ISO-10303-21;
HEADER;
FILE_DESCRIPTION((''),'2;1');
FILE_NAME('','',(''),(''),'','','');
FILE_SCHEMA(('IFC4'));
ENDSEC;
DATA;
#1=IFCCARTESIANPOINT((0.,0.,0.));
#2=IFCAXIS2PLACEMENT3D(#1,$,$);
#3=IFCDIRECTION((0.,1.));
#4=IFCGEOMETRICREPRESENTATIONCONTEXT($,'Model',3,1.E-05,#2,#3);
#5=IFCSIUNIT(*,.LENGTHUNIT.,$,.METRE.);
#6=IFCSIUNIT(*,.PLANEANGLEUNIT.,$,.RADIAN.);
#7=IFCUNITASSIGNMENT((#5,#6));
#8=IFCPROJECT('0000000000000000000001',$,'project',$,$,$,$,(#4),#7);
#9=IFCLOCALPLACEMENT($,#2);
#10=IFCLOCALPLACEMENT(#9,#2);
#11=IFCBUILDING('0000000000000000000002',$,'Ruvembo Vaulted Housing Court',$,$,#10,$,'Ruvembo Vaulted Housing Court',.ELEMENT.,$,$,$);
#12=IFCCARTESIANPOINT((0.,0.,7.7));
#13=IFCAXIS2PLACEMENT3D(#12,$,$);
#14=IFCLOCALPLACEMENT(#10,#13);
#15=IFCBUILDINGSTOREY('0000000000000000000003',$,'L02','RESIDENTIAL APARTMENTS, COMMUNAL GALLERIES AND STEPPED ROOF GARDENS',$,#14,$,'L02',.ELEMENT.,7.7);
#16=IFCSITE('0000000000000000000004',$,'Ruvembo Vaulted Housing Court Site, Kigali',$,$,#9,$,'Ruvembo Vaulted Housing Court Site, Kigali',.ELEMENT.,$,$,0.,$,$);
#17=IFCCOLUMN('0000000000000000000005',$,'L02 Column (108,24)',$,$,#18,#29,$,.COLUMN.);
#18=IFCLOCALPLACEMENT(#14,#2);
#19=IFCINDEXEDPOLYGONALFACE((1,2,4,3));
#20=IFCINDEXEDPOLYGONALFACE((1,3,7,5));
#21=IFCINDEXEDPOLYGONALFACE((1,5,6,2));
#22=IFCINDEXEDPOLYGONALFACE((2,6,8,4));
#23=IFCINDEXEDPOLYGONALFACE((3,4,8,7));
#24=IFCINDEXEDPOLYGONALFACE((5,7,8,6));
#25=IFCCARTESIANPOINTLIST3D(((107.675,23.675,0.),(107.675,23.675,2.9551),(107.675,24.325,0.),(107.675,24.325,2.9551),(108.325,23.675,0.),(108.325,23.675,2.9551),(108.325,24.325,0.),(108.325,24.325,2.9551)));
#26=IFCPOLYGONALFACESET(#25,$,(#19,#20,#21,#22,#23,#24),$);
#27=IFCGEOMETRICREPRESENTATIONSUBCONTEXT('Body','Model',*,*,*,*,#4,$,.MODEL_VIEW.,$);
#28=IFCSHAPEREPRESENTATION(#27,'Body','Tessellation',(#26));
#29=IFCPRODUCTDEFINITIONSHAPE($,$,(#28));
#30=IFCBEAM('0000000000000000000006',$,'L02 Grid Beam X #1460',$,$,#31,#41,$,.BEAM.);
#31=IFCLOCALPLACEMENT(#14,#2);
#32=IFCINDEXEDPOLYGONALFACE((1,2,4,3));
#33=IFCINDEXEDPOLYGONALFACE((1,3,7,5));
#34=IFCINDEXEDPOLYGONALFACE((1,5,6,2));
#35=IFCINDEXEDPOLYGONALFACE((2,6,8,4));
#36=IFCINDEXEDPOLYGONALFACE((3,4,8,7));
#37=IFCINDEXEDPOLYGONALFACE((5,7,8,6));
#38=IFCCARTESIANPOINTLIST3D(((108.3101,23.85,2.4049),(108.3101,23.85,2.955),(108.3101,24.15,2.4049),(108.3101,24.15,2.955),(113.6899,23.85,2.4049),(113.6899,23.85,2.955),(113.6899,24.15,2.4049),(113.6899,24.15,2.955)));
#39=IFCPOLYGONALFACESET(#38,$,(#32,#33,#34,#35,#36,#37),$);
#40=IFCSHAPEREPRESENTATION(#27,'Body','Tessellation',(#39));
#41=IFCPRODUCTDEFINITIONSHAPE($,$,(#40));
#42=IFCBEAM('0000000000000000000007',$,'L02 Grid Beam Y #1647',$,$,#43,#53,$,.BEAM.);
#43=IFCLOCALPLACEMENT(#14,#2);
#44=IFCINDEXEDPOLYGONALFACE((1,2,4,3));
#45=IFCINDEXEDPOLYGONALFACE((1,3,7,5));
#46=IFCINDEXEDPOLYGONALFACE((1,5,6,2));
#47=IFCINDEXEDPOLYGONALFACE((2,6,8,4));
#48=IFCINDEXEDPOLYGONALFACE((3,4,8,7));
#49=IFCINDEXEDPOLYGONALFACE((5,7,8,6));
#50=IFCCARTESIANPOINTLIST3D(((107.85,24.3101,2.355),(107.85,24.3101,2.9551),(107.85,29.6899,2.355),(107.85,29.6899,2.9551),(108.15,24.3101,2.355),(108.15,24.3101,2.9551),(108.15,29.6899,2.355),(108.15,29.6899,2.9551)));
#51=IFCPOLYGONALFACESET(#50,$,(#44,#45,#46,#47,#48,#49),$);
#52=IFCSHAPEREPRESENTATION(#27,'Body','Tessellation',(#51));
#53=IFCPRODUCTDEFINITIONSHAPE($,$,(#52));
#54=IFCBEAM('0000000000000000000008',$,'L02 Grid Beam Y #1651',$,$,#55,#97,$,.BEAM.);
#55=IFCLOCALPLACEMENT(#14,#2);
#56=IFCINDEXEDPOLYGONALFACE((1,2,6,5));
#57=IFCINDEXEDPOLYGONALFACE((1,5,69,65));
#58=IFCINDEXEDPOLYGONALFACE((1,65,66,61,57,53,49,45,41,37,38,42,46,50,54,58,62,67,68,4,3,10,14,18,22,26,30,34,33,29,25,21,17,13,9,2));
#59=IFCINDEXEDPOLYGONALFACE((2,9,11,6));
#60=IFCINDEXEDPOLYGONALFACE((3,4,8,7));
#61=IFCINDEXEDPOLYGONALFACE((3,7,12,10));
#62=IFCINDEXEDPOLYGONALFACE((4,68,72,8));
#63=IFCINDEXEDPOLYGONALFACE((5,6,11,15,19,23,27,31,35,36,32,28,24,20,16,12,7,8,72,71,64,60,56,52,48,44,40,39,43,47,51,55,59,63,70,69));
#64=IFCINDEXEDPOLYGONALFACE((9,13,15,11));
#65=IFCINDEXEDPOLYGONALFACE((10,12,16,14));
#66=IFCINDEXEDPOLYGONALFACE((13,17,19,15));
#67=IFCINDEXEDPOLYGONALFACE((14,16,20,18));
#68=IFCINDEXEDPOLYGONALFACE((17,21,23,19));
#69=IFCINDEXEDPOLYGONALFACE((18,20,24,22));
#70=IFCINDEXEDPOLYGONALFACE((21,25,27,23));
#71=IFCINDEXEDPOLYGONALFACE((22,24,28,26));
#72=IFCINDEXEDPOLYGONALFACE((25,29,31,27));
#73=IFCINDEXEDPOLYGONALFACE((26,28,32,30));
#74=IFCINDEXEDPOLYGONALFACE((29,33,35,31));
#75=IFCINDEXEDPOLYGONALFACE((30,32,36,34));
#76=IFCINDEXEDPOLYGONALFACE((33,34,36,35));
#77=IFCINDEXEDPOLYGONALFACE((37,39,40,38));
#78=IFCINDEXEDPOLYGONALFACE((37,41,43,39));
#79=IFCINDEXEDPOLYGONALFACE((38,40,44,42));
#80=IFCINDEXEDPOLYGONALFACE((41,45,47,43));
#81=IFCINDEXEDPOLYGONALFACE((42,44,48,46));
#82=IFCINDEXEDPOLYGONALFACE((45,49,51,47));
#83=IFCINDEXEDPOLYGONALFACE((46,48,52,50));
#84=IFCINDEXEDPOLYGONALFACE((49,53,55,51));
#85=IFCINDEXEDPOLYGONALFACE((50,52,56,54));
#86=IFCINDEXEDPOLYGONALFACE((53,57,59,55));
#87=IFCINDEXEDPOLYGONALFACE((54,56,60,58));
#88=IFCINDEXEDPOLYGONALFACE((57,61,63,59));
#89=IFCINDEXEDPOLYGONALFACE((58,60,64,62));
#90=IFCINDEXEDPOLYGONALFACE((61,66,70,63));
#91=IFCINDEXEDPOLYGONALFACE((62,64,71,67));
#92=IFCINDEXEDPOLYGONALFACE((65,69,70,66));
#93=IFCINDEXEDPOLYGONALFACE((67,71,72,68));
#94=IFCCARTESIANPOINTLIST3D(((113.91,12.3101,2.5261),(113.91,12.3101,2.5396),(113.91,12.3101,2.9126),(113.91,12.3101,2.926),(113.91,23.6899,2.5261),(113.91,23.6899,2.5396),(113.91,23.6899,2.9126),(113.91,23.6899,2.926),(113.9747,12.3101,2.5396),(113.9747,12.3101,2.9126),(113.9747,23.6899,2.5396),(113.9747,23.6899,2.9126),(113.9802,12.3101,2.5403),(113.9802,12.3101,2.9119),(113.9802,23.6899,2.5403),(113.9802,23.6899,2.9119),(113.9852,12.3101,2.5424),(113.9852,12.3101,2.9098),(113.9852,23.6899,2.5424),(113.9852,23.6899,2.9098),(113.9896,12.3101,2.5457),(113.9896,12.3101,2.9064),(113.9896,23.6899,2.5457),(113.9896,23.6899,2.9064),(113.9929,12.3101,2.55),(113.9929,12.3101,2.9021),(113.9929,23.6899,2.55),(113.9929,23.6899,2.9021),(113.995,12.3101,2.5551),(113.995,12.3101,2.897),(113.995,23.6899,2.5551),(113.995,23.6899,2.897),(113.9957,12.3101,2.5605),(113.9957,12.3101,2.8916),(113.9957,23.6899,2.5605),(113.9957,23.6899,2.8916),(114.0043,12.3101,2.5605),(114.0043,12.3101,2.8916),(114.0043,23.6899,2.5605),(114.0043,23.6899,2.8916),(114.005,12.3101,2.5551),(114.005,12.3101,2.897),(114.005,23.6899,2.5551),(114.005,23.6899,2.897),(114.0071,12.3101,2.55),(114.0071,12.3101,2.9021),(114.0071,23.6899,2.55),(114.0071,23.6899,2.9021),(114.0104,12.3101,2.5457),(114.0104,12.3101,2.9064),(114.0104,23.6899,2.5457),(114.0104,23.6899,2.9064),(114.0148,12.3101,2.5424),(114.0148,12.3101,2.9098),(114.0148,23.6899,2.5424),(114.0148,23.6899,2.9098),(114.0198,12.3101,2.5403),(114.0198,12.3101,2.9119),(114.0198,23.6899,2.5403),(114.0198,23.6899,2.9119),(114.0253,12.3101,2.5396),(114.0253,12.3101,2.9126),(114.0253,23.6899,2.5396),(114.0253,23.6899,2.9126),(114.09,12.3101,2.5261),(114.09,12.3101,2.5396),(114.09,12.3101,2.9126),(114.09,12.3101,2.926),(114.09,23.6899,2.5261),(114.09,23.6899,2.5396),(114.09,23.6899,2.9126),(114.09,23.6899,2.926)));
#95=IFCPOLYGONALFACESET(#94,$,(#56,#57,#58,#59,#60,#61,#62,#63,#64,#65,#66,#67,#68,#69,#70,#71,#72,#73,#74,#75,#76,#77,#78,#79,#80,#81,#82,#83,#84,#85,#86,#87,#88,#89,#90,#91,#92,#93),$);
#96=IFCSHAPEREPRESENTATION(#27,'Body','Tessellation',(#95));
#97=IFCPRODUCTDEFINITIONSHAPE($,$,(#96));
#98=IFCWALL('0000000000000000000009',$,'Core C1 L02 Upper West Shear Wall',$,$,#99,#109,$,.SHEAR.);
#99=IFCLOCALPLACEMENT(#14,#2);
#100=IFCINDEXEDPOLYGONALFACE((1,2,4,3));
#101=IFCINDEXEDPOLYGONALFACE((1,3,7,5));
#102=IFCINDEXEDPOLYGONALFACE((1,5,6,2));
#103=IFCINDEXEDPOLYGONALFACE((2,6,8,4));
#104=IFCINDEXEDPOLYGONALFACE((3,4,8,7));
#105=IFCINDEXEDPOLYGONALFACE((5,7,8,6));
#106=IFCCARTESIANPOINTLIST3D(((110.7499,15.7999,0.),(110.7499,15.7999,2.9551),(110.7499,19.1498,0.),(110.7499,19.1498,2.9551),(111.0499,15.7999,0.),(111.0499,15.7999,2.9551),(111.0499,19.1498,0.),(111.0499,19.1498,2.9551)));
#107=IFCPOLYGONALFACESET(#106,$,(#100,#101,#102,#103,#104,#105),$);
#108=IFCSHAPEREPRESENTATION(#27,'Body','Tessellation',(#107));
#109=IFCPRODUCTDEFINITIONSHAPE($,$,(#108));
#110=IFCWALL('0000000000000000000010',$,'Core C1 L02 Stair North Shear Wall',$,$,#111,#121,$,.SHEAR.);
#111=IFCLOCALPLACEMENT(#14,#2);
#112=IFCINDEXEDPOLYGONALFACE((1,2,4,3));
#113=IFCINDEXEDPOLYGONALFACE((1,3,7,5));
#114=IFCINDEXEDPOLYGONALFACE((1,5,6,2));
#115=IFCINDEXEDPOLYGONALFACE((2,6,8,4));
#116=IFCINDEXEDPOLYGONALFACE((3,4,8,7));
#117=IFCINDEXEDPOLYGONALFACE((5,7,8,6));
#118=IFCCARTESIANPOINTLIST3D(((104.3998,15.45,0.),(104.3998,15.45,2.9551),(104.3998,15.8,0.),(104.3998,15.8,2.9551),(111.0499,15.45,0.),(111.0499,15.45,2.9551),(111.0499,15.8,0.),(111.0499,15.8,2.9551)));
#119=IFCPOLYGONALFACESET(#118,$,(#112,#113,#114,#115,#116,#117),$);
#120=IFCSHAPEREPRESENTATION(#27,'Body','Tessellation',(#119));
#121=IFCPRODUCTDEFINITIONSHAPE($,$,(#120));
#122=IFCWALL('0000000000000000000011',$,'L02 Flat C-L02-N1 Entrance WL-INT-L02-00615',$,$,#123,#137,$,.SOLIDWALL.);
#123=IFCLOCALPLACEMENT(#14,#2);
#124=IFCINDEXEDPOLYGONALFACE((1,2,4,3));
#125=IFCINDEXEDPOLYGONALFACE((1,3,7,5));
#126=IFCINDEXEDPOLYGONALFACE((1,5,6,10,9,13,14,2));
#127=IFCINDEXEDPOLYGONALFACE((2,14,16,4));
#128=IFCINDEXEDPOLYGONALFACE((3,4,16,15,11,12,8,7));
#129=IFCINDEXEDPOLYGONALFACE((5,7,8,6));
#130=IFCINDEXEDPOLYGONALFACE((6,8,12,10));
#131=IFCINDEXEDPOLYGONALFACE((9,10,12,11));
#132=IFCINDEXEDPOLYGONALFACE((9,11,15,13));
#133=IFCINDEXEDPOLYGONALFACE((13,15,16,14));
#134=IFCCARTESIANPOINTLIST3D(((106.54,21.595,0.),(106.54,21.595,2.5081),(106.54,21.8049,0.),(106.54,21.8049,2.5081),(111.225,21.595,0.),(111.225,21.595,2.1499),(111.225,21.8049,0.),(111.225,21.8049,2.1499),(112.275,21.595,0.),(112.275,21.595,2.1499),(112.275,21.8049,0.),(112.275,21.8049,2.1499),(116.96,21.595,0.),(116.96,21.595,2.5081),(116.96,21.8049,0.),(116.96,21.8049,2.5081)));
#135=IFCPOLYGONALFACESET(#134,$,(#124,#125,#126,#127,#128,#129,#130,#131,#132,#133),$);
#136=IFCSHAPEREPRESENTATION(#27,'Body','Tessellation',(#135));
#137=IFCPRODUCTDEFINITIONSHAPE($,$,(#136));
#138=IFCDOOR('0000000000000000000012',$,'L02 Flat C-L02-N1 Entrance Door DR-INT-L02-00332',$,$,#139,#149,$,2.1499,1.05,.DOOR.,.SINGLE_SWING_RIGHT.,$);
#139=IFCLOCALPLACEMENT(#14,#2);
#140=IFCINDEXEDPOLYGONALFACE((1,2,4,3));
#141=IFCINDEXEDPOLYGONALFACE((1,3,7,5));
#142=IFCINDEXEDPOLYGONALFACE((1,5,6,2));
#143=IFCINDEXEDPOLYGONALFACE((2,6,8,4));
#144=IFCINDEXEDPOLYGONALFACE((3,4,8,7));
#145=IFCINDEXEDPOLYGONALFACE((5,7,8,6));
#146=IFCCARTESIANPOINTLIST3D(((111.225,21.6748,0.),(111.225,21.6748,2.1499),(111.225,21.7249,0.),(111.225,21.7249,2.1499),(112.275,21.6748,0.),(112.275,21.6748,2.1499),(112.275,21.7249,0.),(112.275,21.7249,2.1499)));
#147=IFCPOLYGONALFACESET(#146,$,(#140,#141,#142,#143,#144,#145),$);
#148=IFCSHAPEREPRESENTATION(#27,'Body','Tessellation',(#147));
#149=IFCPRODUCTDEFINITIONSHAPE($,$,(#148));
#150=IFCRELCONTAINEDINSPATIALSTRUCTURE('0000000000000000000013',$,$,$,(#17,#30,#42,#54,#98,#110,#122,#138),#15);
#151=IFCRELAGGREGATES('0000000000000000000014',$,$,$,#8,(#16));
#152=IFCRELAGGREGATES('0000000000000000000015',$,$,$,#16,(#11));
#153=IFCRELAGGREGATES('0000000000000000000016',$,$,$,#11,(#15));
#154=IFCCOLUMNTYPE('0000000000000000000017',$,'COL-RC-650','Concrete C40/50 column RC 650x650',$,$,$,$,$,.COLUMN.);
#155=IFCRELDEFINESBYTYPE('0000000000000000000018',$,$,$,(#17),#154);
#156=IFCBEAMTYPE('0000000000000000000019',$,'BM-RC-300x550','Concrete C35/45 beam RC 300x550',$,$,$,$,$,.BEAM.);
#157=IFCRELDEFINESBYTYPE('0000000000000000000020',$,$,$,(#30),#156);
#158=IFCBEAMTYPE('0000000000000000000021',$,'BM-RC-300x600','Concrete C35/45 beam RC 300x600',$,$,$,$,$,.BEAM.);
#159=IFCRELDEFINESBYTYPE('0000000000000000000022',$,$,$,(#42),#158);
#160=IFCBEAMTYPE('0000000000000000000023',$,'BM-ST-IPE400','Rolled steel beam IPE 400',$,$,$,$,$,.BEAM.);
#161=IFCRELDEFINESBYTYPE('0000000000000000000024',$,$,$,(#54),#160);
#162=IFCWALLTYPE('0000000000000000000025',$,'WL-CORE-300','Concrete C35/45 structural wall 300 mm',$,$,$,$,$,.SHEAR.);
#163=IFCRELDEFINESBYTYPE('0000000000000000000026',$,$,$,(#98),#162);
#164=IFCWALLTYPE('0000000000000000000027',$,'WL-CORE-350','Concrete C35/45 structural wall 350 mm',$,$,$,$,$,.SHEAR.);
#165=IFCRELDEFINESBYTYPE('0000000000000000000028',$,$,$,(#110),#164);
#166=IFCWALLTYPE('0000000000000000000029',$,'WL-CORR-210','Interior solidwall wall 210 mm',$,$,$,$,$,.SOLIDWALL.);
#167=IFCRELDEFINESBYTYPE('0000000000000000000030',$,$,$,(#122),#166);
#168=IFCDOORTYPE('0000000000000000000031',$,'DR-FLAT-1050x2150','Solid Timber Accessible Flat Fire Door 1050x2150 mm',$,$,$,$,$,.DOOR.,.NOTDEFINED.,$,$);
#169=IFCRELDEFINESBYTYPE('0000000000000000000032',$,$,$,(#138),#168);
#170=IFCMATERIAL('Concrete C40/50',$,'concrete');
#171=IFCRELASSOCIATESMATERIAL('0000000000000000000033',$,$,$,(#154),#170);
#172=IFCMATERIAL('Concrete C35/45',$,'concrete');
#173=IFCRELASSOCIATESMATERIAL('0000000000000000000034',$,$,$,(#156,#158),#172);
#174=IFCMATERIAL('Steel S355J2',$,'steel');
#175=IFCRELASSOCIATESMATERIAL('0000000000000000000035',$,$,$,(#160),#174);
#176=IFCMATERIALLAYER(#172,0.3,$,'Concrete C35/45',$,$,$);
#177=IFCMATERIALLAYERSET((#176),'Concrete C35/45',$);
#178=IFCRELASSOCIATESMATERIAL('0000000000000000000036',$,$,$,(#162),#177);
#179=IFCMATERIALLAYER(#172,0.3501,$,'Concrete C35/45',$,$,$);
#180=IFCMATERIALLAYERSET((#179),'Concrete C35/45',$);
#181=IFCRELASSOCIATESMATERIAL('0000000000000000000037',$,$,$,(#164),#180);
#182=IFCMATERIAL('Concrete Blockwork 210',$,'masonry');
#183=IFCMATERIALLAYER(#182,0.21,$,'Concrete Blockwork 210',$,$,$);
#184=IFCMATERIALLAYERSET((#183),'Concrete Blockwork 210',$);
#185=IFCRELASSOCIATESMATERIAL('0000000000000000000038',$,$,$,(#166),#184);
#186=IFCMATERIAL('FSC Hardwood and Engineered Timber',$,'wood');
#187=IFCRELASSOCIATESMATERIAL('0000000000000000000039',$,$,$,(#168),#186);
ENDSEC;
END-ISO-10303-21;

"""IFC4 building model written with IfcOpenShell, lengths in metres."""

from ifc_helpers import new_model, si_unit, direction, frame, frame_2d, origin, origin_2d, place, context, subcontext, project, spatial, rectangle, i_section, extrude, material, layer, layer_set, material_profile, profile_set, type_object, element, fill, save


model = new_model("IFC4")

# Units and contexts
model_context = context("Model", 3, precision=1e-05, world=origin(), true_north=direction((0.0, 1.0)))
body_context = subcontext(model_context, "Body", "Model", "MODEL_VIEW")
ifc_project = project(units=[si_unit("LENGTHUNIT", "METRE"), si_unit("PLANEANGLEUNIT", "RADIAN")], contexts=[model_context])

# Site, building, storey
site_placement = place(None, origin())
site = spatial("IfcSite", under=ifc_project, at=site_placement, Name="Ruvembo Vaulted Housing Court Site, Kigali", LongName="Ruvembo Vaulted Housing Court Site, Kigali", CompositionType="ELEMENT", RefElevation=0.0)
building_placement = place(site_placement, origin())
building = spatial("IfcBuilding", under=site, at=building_placement, Name="Ruvembo Vaulted Housing Court", LongName="Ruvembo Vaulted Housing Court", CompositionType="ELEMENT")
storey_placement = place(building_placement, frame((0.0, 0.0, 7.7)))
storey = spatial("IfcBuildingStorey", under=building, at=storey_placement, Name="L02", Description="RESIDENTIAL APARTMENTS, COMMUNAL GALLERIES AND STEPPED ROOF GARDENS", LongName="L02", CompositionType="ELEMENT", Elevation=7.7)

# Column
ifc_material_1 = material(Name="Concrete C40/50", Category="concrete")
ifc_material_profile_1 = material_profile(ifc_material_1, rectangle(XDim=0.6499, YDim=0.6499, at=origin_2d()), Name="RC 650x650")
ifc_profile_set_1 = profile_set([ifc_material_profile_1], Name="Concrete C40/50")
column_type = type_object("IfcColumnType", Name="COL-RC-650", Description="Concrete C40/50 column RC 650x650", PredefinedType="COLUMN", material=ifc_profile_set_1)
column_placement = place(storey_placement, frame((108.0, 24.0, 0.0), z_axis=(0.0, 0.0, 1.0), x_axis=(1.0, 0.0, 0.0)))
element("IfcColumn", 1, at=column_placement, inside=storey, type_object=column_type, Name="L02 Column (108,24)", PredefinedType="COLUMN", context=body_context, shape_type="SweptSolid", body=[
    extrude(rectangle(XDim=0.6499, YDim=0.6499, at=origin_2d()), origin(), (0.0, 0.0, 1.0), 2.9551),
])

# Beams
ifc_material_2 = material(Name="Concrete C35/45", Category="concrete")
ifc_material_profile_2 = material_profile(ifc_material_2, rectangle(XDim=0.3, YDim=0.55, at=origin_2d()), Name="RC 300x550")
ifc_profile_set_2 = profile_set([ifc_material_profile_2], Name="Concrete C35/45")
beam_type_1 = type_object("IfcBeamType", Name="BM-RC-300x550", Description="Concrete C35/45 beam RC 300x550", PredefinedType="BEAM", material=ifc_profile_set_2)
beam_1_placement = place(storey_placement, frame((108.3101, 24.0, 2.6799), z_axis=(1.0, 0.0, 0.0), x_axis=(0.0, 1.0, 0.0)))
element("IfcBeam", 2, at=beam_1_placement, inside=storey, type_object=beam_type_1, Name="L02 Grid Beam X #1460", PredefinedType="BEAM", context=body_context, shape_type="SweptSolid", body=[
    extrude(rectangle(XDim=0.3, YDim=0.55, at=origin_2d()), origin(), (0.0, 0.0, 1.0), 5.3799),
])
ifc_material_profile_3 = material_profile(ifc_material_2, rectangle(XDim=0.3, YDim=0.6001, at=origin_2d()), Name="RC 300x600")
ifc_profile_set_3 = profile_set([ifc_material_profile_3], Name="Concrete C35/45")
beam_type_2 = type_object("IfcBeamType", Name="BM-RC-300x600", Description="Concrete C35/45 beam RC 300x600", PredefinedType="BEAM", material=ifc_profile_set_3)
beam_2_placement = place(storey_placement, frame((108.0, 24.3101, 2.655), z_axis=(0.0, 1.0, 0.0), x_axis=(-1.0, 0.0, 0.0)))
element("IfcBeam", 3, at=beam_2_placement, inside=storey, type_object=beam_type_2, Name="L02 Grid Beam Y #1647", PredefinedType="BEAM", context=body_context, shape_type="SweptSolid", body=[
    extrude(rectangle(XDim=0.3, YDim=0.6001, at=origin_2d()), origin(), (0.0, 0.0, 1.0), 5.3799),
])
ifc_material_3 = material(Name="Steel S355J2", Category="steel")
ifc_material_profile_4 = material_profile(ifc_material_3, i_section(OverallWidth=0.1799, OverallDepth=0.3999, WebThickness=0.0085, FlangeThickness=0.0134, FilletRadius=0.021, at=origin_2d()), Name="IPE 400")
ifc_profile_set_4 = profile_set([ifc_material_profile_4], Name="Steel S355J2")
beam_type_3 = type_object("IfcBeamType", Name="BM-ST-IPE400", Description="Rolled steel beam IPE 400", PredefinedType="BEAM", material=ifc_profile_set_4)
beam_3_placement = place(storey_placement, frame((114.0, 12.3101, 2.7261), z_axis=(0.0, 1.0, 0.0), x_axis=(-1.0, 0.0, 0.0)))
element("IfcBeam", 4, at=beam_3_placement, inside=storey, type_object=beam_type_3, Name="L02 Grid Beam Y #1651", PredefinedType="BEAM", context=body_context, shape_type="SweptSolid", body=[
    extrude(i_section(OverallWidth=0.1799, OverallDepth=0.3999, WebThickness=0.0085, FlangeThickness=0.0134, FilletRadius=0.021, at=origin_2d()), origin(), (0.0, 0.0, 1.0), 11.3799),
])

# Shared definitions
ifc_layer_1 = layer(ifc_material_2, 0.3, Name="Concrete C35/45")
ifc_layer_set_1 = layer_set([ifc_layer_1], Name="Concrete C35/45")
wall_type_1 = type_object("IfcWallType", Name="WL-CORE-300", Description="Concrete C35/45 structural wall 300 mm", PredefinedType="SHEAR", material=ifc_layer_set_1)

# Walls
wall_1_placement = place(storey_placement, frame((110.8999, 15.8, 0.0), z_axis=(0.0, 0.0, 1.0), x_axis=(0.0, 1.0, 0.0)))
element("IfcWall", 5, at=wall_1_placement, inside=storey, type_object=wall_type_1, Name="Core C1 L02 Upper West Shear Wall", PredefinedType="SHEAR", context=body_context, shape_type="SweptSolid", body=[
    extrude(rectangle(XDim=3.3499, YDim=0.3, at=frame_2d((1.6748, 0.0))), origin(), (0.0, 0.0, 1.0), 2.9551),
])
ifc_layer_2 = layer(ifc_material_2, 0.3501, Name="Concrete C35/45")
ifc_layer_set_2 = layer_set([ifc_layer_2], Name="Concrete C35/45")
wall_type_2 = type_object("IfcWallType", Name="WL-CORE-350", Description="Concrete C35/45 structural wall 350 mm", PredefinedType="SHEAR", material=ifc_layer_set_2)
wall_2_placement = place(storey_placement, frame((111.05, 15.625, 0.0), z_axis=(0.0, 0.0, 1.0), x_axis=(-1.0, 0.0, 0.0)))
element("IfcWall", 6, at=wall_2_placement, inside=storey, type_object=wall_type_2, Name="Core C1 L02 Stair North Shear Wall", PredefinedType="SHEAR", context=body_context, shape_type="SweptSolid", body=[
    extrude(rectangle(XDim=6.6501, YDim=0.3501, at=frame_2d((3.3252, 0.0))), origin(), (0.0, 0.0, 1.0), 2.9551),
])

# Wall, opening, door
ifc_material_4 = material(Name="Concrete Blockwork 210", Category="masonry")
ifc_layer_3 = layer(ifc_material_4, 0.21, Name="Concrete Blockwork 210")
ifc_layer_set_3 = layer_set([ifc_layer_3], Name="Concrete Blockwork 210")
wall_type_3 = type_object("IfcWallType", Name="WL-CORR-210", Description="Interior solidwall wall 210 mm", PredefinedType="SOLIDWALL", material=ifc_layer_set_3)
wall_3_placement = place(storey_placement, frame((106.54, 21.7, 0.0), z_axis=(0.0, 0.0, 1.0), x_axis=(1.0, 0.0, 0.0)))
wall_3 = element("IfcWall", 7, at=wall_3_placement, inside=storey, type_object=wall_type_3, Name="L02 Flat C-L02-N1 Entrance WL-INT-L02-00615", PredefinedType="SOLIDWALL", context=body_context, shape_type="SweptSolid", body=[
    extrude(rectangle(XDim=10.4199, YDim=0.21, at=frame_2d((5.21, 0.0))), origin(), (0.0, 0.0, 1.0), 2.5081),
])
opening_1_placement = place(wall_3_placement, frame((4.6851, 0.0, 0.0)))
opening_1 = element("IfcOpeningElement", 8, at=opening_1_placement, cuts=wall_3, PredefinedType="OPENING", context=body_context, shape_type="SweptSolid", body=[
    extrude(rectangle(XDim=1.05, YDim=2.1499, at=frame_2d((0.5249, 1.075))), frame((0.0, 0.115, 0.0), z_axis=(0.0, -1.0, 0.0), x_axis=(1.0, 0.0, 0.0)), (0.0, 0.0, 1.0), 0.23),
])
ifc_material_5 = material(Name="FSC Hardwood and Engineered Timber", Category="wood")
door_type_1 = type_object("IfcDoorType", Name="DR-FLAT-1050x2150", Description="Solid Timber Accessible Flat Fire Door 1050x2150 mm", OperationType="NOTDEFINED", PredefinedType="DOOR", material=ifc_material_5)
door_1_placement = place(opening_1_placement, origin())
door_1 = element("IfcDoor", 9, at=door_1_placement, inside=storey, type_object=door_type_1, Name="L02 Flat C-L02-N1 Entrance Door DR-INT-L02-00332", OperationType="SINGLE_SWING_RIGHT", OverallHeight=2.1499, OverallWidth=1.05, PredefinedType="DOOR", context=body_context, shape_type="SweptSolid", body=[
    extrude(rectangle(XDim=1.05, YDim=2.1499, at=frame_2d((0.5249, 1.075))), frame((0.0, 0.0249, 0.0), z_axis=(0.0, -1.0, 0.0), x_axis=(1.0, 0.0, 0.0)), (0.0, 0.0, 1.0), 0.05),
])
fill(opening_1, door_1)

save(model, "model.ifc")
